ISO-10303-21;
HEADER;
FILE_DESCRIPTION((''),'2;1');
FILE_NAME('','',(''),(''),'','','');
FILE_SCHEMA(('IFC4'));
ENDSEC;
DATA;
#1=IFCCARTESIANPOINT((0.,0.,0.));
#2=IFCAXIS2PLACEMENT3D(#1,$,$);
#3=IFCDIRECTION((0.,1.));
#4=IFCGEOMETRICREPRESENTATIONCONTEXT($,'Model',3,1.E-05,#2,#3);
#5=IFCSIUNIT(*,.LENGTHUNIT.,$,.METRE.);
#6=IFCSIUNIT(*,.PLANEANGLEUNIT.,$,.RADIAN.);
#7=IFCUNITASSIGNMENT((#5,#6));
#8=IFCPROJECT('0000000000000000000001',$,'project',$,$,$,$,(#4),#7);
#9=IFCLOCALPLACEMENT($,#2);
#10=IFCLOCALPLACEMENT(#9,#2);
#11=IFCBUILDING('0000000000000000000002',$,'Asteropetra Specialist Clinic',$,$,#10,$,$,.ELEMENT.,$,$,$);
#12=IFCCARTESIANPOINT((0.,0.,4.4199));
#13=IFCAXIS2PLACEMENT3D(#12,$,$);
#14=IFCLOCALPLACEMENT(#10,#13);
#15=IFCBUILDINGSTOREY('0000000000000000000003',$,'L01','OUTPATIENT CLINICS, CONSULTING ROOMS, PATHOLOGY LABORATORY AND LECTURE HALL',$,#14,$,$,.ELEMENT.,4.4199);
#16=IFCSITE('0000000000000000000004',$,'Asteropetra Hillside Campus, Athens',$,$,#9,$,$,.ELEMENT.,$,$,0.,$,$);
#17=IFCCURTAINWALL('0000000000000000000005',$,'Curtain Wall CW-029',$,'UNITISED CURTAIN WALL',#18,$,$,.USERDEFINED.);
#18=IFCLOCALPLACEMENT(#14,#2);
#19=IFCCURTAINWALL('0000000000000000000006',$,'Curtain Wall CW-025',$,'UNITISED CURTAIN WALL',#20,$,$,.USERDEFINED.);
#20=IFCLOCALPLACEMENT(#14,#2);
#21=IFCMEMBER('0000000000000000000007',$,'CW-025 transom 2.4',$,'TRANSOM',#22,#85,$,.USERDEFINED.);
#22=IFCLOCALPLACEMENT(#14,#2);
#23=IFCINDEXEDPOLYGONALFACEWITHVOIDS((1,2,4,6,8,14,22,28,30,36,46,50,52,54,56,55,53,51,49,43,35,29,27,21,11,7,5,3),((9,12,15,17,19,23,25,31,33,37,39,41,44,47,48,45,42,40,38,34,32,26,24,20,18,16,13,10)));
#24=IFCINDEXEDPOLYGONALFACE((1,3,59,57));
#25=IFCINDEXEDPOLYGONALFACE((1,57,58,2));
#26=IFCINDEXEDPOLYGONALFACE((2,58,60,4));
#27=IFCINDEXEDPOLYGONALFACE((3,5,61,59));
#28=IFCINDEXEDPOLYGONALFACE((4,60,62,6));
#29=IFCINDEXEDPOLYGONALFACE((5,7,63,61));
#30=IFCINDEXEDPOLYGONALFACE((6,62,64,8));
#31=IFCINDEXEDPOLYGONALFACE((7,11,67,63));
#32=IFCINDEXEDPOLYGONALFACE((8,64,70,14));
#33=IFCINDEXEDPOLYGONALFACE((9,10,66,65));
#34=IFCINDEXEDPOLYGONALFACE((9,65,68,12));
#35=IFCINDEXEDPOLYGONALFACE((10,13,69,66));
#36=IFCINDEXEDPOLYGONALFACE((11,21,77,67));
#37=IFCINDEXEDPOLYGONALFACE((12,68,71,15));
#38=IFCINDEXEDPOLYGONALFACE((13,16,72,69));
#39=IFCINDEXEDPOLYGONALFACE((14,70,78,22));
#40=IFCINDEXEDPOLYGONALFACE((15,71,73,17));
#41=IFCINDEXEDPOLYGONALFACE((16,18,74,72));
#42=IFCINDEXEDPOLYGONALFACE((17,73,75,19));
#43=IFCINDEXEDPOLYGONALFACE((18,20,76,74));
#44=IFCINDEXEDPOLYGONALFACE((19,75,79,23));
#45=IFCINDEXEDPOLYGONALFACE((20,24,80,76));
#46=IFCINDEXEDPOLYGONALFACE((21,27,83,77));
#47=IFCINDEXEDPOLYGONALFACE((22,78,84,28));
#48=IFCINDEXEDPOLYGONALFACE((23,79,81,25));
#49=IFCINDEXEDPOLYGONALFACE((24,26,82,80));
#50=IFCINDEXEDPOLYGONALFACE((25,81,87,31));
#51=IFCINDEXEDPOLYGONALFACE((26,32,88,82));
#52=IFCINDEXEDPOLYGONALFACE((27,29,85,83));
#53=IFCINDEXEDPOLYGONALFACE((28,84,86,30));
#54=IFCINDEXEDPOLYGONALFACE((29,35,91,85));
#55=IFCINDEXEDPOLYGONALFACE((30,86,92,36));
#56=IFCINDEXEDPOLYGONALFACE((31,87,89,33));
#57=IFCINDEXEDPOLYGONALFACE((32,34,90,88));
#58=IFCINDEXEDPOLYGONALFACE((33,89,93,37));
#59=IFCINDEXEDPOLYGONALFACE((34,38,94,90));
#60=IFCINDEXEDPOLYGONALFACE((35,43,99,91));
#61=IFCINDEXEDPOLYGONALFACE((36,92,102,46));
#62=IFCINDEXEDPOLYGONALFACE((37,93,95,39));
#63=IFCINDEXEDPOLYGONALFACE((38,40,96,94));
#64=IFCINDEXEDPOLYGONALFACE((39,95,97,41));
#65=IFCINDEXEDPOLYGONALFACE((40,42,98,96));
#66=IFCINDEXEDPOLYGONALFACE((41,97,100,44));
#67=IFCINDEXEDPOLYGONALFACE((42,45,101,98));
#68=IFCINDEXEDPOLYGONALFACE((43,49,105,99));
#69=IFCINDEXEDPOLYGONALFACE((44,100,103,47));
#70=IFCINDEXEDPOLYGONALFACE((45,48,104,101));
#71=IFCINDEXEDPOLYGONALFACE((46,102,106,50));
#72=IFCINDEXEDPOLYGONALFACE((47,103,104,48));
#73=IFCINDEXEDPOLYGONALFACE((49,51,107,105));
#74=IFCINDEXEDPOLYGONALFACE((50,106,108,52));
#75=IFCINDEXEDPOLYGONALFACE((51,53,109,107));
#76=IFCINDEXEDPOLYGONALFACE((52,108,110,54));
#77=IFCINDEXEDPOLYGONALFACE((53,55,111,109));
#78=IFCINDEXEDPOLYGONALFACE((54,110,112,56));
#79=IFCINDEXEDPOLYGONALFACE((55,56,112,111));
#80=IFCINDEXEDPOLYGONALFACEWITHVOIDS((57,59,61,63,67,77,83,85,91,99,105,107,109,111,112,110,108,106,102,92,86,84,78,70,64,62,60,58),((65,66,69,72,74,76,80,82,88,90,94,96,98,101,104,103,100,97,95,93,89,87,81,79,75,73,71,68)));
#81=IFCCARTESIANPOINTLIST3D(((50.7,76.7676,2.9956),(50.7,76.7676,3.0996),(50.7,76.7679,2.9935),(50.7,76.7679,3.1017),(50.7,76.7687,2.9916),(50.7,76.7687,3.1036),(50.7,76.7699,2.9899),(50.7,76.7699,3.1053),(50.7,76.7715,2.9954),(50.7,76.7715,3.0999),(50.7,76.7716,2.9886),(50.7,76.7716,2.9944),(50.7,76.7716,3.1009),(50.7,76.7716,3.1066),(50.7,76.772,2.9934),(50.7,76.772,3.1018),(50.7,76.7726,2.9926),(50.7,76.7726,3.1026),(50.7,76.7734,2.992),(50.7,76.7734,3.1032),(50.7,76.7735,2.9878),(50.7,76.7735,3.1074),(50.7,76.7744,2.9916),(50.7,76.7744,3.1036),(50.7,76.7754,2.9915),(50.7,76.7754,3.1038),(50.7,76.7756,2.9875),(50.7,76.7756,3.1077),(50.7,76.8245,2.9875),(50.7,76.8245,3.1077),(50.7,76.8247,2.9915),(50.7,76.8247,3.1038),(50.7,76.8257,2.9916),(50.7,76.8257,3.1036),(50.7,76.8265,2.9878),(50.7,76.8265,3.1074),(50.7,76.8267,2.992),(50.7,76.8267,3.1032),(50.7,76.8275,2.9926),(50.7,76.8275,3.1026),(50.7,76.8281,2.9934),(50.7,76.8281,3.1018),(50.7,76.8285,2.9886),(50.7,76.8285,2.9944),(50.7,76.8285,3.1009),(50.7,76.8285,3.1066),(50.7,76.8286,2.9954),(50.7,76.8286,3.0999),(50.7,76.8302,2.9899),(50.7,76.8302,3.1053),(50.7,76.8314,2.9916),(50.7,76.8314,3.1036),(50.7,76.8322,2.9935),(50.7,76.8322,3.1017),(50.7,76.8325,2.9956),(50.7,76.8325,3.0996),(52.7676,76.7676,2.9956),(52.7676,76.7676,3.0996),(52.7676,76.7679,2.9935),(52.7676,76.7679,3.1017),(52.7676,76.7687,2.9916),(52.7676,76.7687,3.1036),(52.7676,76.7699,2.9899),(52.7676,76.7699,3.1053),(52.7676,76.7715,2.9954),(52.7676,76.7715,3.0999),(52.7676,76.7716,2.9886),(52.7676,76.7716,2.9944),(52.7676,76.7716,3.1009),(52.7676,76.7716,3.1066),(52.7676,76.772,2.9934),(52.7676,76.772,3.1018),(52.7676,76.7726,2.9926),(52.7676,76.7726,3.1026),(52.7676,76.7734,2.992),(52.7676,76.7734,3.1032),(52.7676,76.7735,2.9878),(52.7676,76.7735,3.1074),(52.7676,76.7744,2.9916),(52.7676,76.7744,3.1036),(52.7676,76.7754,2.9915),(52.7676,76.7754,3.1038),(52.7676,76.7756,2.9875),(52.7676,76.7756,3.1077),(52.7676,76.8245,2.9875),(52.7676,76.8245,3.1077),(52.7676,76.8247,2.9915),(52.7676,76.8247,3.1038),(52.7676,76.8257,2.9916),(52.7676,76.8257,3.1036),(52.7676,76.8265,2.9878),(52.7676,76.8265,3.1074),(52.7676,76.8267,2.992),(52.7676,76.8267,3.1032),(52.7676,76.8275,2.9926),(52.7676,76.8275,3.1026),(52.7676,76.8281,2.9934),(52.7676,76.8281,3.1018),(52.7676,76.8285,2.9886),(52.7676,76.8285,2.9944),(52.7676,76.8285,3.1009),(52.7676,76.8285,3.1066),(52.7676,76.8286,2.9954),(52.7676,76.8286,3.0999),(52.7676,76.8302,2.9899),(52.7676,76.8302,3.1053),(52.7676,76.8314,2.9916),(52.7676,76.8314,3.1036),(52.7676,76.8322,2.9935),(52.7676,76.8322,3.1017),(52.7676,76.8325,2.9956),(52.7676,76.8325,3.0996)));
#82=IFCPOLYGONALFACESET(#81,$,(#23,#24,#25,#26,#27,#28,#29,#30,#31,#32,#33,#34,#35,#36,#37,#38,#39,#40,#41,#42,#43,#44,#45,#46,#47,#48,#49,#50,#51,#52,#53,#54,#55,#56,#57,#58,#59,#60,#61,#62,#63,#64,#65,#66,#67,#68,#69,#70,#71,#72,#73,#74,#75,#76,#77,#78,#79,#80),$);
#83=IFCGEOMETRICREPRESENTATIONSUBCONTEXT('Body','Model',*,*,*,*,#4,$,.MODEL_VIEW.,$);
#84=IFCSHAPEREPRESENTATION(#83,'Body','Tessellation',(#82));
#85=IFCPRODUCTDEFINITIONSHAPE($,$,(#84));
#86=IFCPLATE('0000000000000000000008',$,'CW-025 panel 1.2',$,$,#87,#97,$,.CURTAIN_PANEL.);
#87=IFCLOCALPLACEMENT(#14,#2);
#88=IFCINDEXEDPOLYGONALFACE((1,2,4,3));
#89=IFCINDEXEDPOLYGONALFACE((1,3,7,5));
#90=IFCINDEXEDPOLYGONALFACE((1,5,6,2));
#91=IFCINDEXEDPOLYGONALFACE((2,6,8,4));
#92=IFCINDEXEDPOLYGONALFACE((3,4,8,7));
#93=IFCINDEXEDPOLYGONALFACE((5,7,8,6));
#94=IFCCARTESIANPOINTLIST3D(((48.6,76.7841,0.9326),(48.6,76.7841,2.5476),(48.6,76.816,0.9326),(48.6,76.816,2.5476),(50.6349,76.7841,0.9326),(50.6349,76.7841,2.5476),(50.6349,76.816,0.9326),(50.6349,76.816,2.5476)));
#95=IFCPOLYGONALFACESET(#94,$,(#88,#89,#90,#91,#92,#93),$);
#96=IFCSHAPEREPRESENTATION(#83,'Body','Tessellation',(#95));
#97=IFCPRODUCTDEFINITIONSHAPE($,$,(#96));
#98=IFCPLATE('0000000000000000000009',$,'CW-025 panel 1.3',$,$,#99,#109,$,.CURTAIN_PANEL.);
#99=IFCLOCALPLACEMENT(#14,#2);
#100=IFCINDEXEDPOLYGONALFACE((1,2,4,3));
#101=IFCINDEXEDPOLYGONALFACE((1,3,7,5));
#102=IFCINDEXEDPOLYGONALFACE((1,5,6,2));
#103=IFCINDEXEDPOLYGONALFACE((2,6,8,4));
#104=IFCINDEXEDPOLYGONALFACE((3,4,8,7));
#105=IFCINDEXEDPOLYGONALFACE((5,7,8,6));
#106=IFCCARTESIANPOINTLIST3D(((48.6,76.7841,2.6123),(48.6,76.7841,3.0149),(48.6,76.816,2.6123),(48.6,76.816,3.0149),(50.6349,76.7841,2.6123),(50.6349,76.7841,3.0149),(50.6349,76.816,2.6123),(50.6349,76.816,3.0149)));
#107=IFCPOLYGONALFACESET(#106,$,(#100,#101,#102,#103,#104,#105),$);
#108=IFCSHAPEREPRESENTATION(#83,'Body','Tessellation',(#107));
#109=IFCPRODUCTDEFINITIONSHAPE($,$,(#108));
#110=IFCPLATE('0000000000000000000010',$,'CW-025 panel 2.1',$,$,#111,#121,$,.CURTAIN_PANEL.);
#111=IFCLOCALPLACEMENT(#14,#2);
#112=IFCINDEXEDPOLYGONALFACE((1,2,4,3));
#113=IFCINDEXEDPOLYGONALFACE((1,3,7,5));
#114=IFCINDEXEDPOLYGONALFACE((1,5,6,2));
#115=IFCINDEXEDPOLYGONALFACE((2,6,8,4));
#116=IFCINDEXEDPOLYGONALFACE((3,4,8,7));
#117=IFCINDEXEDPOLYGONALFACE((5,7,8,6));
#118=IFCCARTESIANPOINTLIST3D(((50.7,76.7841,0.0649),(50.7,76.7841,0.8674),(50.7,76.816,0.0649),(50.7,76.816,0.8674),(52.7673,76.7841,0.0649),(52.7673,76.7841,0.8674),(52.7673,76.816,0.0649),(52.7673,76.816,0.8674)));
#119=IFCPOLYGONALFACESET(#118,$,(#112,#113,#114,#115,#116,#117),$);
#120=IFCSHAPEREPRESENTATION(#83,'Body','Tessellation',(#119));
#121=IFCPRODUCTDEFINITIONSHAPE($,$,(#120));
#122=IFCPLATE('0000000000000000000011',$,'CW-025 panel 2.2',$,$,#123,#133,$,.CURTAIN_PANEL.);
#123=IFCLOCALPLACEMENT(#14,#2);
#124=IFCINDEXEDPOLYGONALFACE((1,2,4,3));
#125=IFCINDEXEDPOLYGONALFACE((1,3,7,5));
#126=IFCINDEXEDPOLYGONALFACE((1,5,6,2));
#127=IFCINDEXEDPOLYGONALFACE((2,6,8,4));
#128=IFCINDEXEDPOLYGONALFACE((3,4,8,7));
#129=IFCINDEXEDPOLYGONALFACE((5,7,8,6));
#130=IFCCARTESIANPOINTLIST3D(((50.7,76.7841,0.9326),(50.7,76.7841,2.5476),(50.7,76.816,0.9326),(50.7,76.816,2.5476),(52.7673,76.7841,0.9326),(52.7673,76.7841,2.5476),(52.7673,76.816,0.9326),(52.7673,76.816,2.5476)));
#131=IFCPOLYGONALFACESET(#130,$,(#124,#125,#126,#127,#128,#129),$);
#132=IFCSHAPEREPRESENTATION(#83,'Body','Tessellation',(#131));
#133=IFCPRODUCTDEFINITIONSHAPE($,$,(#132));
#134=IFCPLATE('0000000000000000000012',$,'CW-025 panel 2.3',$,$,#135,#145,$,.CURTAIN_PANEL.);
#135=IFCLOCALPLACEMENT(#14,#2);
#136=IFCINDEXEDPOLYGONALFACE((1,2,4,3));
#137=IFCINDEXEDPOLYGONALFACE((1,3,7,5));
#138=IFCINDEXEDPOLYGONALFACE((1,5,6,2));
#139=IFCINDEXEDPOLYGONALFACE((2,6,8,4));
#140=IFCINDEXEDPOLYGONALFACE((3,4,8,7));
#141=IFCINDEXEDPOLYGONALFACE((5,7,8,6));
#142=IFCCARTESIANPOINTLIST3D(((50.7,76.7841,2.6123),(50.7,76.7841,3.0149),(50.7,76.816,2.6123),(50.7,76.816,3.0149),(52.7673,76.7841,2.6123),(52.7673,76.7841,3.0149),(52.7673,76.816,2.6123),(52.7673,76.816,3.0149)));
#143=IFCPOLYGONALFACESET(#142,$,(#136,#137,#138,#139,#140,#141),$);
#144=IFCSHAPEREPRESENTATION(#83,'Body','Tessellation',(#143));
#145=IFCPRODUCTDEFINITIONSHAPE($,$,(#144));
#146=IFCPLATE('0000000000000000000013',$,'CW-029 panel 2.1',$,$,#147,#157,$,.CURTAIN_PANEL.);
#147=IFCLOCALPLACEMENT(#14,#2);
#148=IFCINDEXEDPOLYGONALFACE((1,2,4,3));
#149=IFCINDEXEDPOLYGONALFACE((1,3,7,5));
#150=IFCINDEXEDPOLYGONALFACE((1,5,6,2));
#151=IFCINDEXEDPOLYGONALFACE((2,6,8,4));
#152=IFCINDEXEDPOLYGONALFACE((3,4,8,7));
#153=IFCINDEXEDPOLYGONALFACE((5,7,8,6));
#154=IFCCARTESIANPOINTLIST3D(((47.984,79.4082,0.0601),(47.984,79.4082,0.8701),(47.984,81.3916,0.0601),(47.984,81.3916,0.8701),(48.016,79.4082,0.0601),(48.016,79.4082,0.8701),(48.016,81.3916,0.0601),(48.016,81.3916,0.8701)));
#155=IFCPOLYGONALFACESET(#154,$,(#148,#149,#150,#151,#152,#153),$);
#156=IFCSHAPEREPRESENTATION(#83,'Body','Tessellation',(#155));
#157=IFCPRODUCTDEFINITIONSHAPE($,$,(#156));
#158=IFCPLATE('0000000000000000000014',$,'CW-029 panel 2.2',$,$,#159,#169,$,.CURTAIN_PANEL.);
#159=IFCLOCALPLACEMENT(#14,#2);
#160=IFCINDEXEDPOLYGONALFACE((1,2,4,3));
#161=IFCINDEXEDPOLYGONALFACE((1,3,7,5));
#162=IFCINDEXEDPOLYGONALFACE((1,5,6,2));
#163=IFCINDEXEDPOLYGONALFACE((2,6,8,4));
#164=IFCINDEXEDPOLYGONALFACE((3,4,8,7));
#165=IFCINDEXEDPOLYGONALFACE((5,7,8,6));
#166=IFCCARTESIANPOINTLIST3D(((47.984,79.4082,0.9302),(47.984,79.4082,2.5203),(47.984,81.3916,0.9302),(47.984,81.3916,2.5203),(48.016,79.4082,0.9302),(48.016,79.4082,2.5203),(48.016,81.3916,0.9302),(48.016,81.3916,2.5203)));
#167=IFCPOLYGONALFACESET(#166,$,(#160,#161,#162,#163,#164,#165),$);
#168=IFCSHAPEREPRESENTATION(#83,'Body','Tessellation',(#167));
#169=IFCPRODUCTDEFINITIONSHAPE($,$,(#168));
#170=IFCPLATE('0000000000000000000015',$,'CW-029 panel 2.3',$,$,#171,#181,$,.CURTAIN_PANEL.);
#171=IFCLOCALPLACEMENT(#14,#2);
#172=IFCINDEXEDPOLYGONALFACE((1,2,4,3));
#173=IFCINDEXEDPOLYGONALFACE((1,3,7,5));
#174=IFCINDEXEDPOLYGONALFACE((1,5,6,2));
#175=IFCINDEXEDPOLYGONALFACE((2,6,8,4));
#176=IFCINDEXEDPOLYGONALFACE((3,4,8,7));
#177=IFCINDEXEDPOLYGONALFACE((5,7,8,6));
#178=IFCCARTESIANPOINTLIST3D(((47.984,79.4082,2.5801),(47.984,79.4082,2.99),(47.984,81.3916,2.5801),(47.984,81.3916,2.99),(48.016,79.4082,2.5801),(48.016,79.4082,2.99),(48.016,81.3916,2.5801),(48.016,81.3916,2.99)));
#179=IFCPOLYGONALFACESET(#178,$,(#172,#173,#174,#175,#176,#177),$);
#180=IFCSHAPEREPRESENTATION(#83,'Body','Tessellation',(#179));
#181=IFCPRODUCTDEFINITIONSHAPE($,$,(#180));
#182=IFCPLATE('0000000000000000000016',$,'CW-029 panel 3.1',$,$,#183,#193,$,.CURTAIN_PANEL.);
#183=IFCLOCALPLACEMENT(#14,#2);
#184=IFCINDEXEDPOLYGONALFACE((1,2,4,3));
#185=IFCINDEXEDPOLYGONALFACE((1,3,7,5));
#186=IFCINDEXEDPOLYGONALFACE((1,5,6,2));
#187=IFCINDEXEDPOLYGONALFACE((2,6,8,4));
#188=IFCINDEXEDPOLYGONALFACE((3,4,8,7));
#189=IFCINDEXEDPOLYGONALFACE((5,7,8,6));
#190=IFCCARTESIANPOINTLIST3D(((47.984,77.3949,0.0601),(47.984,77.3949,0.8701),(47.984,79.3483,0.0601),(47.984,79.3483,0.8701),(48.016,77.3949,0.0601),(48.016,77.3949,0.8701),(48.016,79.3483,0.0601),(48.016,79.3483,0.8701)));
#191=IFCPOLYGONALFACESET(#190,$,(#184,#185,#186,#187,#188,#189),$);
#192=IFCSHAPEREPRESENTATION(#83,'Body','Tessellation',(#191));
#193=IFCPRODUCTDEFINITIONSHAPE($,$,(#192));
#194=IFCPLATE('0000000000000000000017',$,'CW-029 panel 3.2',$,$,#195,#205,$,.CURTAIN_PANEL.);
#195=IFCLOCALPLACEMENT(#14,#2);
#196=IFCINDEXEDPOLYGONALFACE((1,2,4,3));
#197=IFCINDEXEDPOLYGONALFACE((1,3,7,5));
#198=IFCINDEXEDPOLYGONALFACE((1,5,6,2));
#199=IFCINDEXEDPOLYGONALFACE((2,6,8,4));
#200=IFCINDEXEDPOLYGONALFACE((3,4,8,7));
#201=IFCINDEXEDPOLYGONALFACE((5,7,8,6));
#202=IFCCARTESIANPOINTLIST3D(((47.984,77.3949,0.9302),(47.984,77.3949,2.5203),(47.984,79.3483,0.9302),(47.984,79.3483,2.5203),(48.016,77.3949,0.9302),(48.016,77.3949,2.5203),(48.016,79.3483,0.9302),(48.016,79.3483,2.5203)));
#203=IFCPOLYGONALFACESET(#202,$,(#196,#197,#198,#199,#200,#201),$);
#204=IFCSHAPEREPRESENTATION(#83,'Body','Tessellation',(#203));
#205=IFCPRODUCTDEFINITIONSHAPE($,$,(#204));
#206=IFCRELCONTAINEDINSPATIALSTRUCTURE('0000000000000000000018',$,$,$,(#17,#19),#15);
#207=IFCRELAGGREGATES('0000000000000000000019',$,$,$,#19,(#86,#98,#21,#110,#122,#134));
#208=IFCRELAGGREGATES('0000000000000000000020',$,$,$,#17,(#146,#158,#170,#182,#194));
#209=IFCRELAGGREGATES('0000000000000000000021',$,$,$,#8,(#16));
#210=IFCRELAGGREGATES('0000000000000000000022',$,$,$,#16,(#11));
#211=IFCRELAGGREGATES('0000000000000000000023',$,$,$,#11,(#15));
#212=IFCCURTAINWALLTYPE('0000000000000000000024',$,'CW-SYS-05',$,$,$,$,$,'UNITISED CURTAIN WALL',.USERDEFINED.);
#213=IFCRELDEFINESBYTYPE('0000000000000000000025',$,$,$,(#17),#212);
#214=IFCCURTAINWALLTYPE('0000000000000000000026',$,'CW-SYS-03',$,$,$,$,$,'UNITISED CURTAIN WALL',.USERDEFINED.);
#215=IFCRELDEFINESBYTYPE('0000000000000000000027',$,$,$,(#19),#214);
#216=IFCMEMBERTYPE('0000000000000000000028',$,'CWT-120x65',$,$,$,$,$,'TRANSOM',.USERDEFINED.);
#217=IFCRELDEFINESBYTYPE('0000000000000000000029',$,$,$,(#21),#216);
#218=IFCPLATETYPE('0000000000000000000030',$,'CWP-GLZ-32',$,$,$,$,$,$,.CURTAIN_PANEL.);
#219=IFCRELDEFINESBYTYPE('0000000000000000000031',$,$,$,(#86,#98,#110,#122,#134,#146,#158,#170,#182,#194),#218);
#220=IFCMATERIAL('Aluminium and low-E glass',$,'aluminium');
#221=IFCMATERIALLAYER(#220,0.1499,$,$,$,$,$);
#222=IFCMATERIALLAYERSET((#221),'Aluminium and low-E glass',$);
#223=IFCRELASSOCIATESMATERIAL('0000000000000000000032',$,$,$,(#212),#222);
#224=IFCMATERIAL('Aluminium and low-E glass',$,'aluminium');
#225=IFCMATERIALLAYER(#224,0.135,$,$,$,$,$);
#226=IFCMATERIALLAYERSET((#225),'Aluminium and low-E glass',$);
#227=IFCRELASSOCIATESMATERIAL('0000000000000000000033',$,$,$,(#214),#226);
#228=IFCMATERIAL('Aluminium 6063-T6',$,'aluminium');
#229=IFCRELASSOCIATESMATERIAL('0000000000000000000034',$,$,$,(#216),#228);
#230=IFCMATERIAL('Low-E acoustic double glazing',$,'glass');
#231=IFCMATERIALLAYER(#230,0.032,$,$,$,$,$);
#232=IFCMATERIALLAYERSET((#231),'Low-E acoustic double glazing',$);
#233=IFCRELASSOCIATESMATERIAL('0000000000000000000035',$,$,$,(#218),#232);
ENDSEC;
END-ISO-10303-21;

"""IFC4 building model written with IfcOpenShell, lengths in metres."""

from ifc_helpers import new_model, si_unit, direction, frame, origin, origin_2d, place, context, subcontext, project, spatial, rectangle, hollow_rectangle, extrude, material, layer, layer_set, material_profile, profile_set, type_object, element, aggregate, save


model = new_model("IFC4")

# Units and contexts
model_context = context("Model", 3, precision=1e-05, world=origin(), true_north=direction((0.0, 1.0)))
body_context = subcontext(model_context, "Body", "Model", "MODEL_VIEW")
ifc_project = project(units=[si_unit("LENGTHUNIT", "METRE"), si_unit("PLANEANGLEUNIT", "RADIAN")], contexts=[model_context])

# Site, building, storey
site_placement = place(None, origin())
site = spatial("IfcSite", under=ifc_project, at=site_placement, Name="Asteropetra Hillside Campus, Athens", CompositionType="ELEMENT", RefElevation=0.0)
building_placement = place(site_placement, origin())
building = spatial("IfcBuilding", under=site, at=building_placement, Name="Asteropetra Specialist Clinic", CompositionType="ELEMENT")
storey_placement = place(building_placement, frame((0.0, 0.0, 4.4199)))
storey = spatial("IfcBuildingStorey", under=building, at=storey_placement, Name="L01", Description="OUTPATIENT CLINICS, CONSULTING ROOMS, PATHOLOGY LABORATORY AND LECTURE HALL", CompositionType="ELEMENT", Elevation=4.4199)

# Curtain wall
ifc_material_1 = material(Name="Aluminium and low-E glass", Category="aluminium")
ifc_layer_1 = layer(ifc_material_1, 0.1499)
ifc_layer_set_1 = layer_set([ifc_layer_1], Name="Aluminium and low-E glass")
curtain_wall_type_1 = type_object("IfcCurtainWallType", Name="CW-SYS-05", ElementType="UNITISED CURTAIN WALL", PredefinedType="USERDEFINED", material=ifc_layer_set_1)
curtain_wall_1_placement = place(storey_placement, origin())
curtain_wall_1 = element("IfcCurtainWall", 1, at=curtain_wall_1_placement, inside=storey, type_object=curtain_wall_type_1, Name="Curtain Wall CW-029", ObjectType="UNITISED CURTAIN WALL", PredefinedType="USERDEFINED")

# Curtain wall
ifc_material_2 = material(Name="Aluminium and low-E glass", Category="aluminium")
ifc_layer_2 = layer(ifc_material_2, 0.135)
ifc_layer_set_2 = layer_set([ifc_layer_2], Name="Aluminium and low-E glass")
curtain_wall_type_2 = type_object("IfcCurtainWallType", Name="CW-SYS-03", ElementType="UNITISED CURTAIN WALL", PredefinedType="USERDEFINED", material=ifc_layer_set_2)
curtain_wall_2_placement = place(storey_placement, origin())
curtain_wall_2 = element("IfcCurtainWall", 2, at=curtain_wall_2_placement, inside=storey, type_object=curtain_wall_type_2, Name="Curtain Wall CW-025", ObjectType="UNITISED CURTAIN WALL", PredefinedType="USERDEFINED")

# Member
ifc_material_3 = material(Name="Aluminium 6063-T6", Category="aluminium")
ifc_material_profile_1 = material_profile(ifc_material_3, hollow_rectangle(XDim=0.0649, YDim=0.1201, WallThickness=0.0039, InnerFilletRadius=0.0039, OuterFilletRadius=0.0081, at=origin_2d()), Name="TRN 120x65x4.0")
ifc_profile_set_1 = profile_set([ifc_material_profile_1], Name="Aluminium 6063-T6")
member_type_1 = type_object("IfcMemberType", Name="CWT-120x65", ElementType="TRANSOM", PredefinedType="USERDEFINED", material=ifc_profile_set_1)
member_1_placement = place(storey_placement, frame((50.7, 76.8, 3.0476), z_axis=(1.0, 0.0, 0.0), x_axis=(0.0, 1.0, 0.0)))
member_1 = element("IfcMember", 3, at=member_1_placement, type_object=member_type_1, Name="CW-025 transom 2.4", ObjectType="TRANSOM", PredefinedType="USERDEFINED", context=body_context, shape_type="SweptSolid", body=[
    extrude(hollow_rectangle(XDim=0.0649, YDim=0.1201, WallThickness=0.0039, InnerFilletRadius=0.0039, OuterFilletRadius=0.0081, at=origin_2d()), origin(), (0.0, 0.0, 1.0), 2.0676),
])

# Plates
ifc_material_4 = material(Name="Low-E acoustic double glazing", Category="glass")
ifc_layer_3 = layer(ifc_material_4, 0.032)
ifc_layer_set_3 = layer_set([ifc_layer_3], Name="Low-E acoustic double glazing")
plate_type = type_object("IfcPlateType", Name="CWP-GLZ-32", PredefinedType="CURTAIN_PANEL", material=ifc_layer_set_3)
plate_1_placement = place(storey_placement, frame((49.6174, 76.8, 0.9326), z_axis=(0.0, 0.0, 1.0), x_axis=(1.0, 0.0, 0.0)))
plate_1 = element("IfcPlate", 4, at=plate_1_placement, type_object=plate_type, Name="CW-025 panel 1.2", PredefinedType="CURTAIN_PANEL", context=body_context, shape_type="SweptSolid", body=[
    extrude(rectangle(XDim=2.0349, YDim=0.032, at=origin_2d()), origin(), (0.0, 0.0, 1.0), 1.615),
])
plate_2_placement = place(storey_placement, frame((49.6174, 76.8, 2.6123), z_axis=(0.0, 0.0, 1.0), x_axis=(1.0, 0.0, 0.0)))
plate_2 = element("IfcPlate", 5, at=plate_2_placement, type_object=plate_type, Name="CW-025 panel 1.3", PredefinedType="CURTAIN_PANEL", context=body_context, shape_type="SweptSolid", body=[
    extrude(rectangle(XDim=2.0349, YDim=0.032, at=origin_2d()), origin(), (0.0, 0.0, 1.0), 0.4026),
])
plate_3_placement = place(storey_placement, frame((51.7336, 76.8, 0.0649), z_axis=(0.0, 0.0, 1.0), x_axis=(1.0, 0.0, 0.0)))
plate_3 = element("IfcPlate", 6, at=plate_3_placement, type_object=plate_type, Name="CW-025 panel 2.1", PredefinedType="CURTAIN_PANEL", context=body_context, shape_type="SweptSolid", body=[
    extrude(rectangle(XDim=2.0674, YDim=0.032, at=origin_2d()), origin(), (0.0, 0.0, 1.0), 0.8025),
])
plate_4_placement = place(storey_placement, frame((51.7336, 76.8, 0.9326), z_axis=(0.0, 0.0, 1.0), x_axis=(1.0, 0.0, 0.0)))
plate_4 = element("IfcPlate", 7, at=plate_4_placement, type_object=plate_type, Name="CW-025 panel 2.2", PredefinedType="CURTAIN_PANEL", context=body_context, shape_type="SweptSolid", body=[
    extrude(rectangle(XDim=2.0674, YDim=0.032, at=origin_2d()), origin(), (0.0, 0.0, 1.0), 1.615),
])
plate_5_placement = place(storey_placement, frame((51.7336, 76.8, 2.6123), z_axis=(0.0, 0.0, 1.0), x_axis=(1.0, 0.0, 0.0)))
plate_5 = element("IfcPlate", 8, at=plate_5_placement, type_object=plate_type, Name="CW-025 panel 2.3", PredefinedType="CURTAIN_PANEL", context=body_context, shape_type="SweptSolid", body=[
    extrude(rectangle(XDim=2.0674, YDim=0.032, at=origin_2d()), origin(), (0.0, 0.0, 1.0), 0.4026),
])
aggregate(curtain_wall_2, [plate_1, plate_2, member_1, plate_3, plate_4, plate_5])
plate_6_placement = place(storey_placement, frame((48.0, 80.3999, 0.0601), z_axis=(0.0, 0.0, 1.0), x_axis=(0.0, -1.0, 0.0)))
plate_6 = element("IfcPlate", 9, at=plate_6_placement, type_object=plate_type, Name="CW-029 panel 2.1", PredefinedType="CURTAIN_PANEL", context=body_context, shape_type="SweptSolid", body=[
    extrude(rectangle(XDim=1.9834, YDim=0.032, at=origin_2d()), origin(), (0.0, 0.0, 1.0), 0.8101),
])
plate_7_placement = place(storey_placement, frame((48.0, 80.3999, 0.9302), z_axis=(0.0, 0.0, 1.0), x_axis=(0.0, -1.0, 0.0)))
plate_7 = element("IfcPlate", 10, at=plate_7_placement, type_object=plate_type, Name="CW-029 panel 2.2", PredefinedType="CURTAIN_PANEL", context=body_context, shape_type="SweptSolid", body=[
    extrude(rectangle(XDim=1.9834, YDim=0.032, at=origin_2d()), origin(), (0.0, 0.0, 1.0), 1.5901),
])
plate_8_placement = place(storey_placement, frame((48.0, 80.3999, 2.5801), z_axis=(0.0, 0.0, 1.0), x_axis=(0.0, -1.0, 0.0)))
plate_8 = element("IfcPlate", 11, at=plate_8_placement, type_object=plate_type, Name="CW-029 panel 2.3", PredefinedType="CURTAIN_PANEL", context=body_context, shape_type="SweptSolid", body=[
    extrude(rectangle(XDim=1.9834, YDim=0.032, at=origin_2d()), origin(), (0.0, 0.0, 1.0), 0.4099),
])
plate_9_placement = place(storey_placement, frame((48.0, 78.3716, 0.0601), z_axis=(0.0, 0.0, 1.0), x_axis=(0.0, -1.0, 0.0)))
plate_9 = element("IfcPlate", 12, at=plate_9_placement, type_object=plate_type, Name="CW-029 panel 3.1", PredefinedType="CURTAIN_PANEL", context=body_context, shape_type="SweptSolid", body=[
    extrude(rectangle(XDim=1.9534, YDim=0.032, at=origin_2d()), origin(), (0.0, 0.0, 1.0), 0.8101),
])
plate_10_placement = place(storey_placement, frame((48.0, 78.3716, 0.9302), z_axis=(0.0, 0.0, 1.0), x_axis=(0.0, -1.0, 0.0)))
plate_10 = element("IfcPlate", 13, at=plate_10_placement, type_object=plate_type, Name="CW-029 panel 3.2", PredefinedType="CURTAIN_PANEL", context=body_context, shape_type="SweptSolid", body=[
    extrude(rectangle(XDim=1.9534, YDim=0.032, at=origin_2d()), origin(), (0.0, 0.0, 1.0), 1.5901),
])
aggregate(curtain_wall_1, [plate_6, plate_7, plate_8, plate_9, plate_10])

save(model, "model.ifc")
